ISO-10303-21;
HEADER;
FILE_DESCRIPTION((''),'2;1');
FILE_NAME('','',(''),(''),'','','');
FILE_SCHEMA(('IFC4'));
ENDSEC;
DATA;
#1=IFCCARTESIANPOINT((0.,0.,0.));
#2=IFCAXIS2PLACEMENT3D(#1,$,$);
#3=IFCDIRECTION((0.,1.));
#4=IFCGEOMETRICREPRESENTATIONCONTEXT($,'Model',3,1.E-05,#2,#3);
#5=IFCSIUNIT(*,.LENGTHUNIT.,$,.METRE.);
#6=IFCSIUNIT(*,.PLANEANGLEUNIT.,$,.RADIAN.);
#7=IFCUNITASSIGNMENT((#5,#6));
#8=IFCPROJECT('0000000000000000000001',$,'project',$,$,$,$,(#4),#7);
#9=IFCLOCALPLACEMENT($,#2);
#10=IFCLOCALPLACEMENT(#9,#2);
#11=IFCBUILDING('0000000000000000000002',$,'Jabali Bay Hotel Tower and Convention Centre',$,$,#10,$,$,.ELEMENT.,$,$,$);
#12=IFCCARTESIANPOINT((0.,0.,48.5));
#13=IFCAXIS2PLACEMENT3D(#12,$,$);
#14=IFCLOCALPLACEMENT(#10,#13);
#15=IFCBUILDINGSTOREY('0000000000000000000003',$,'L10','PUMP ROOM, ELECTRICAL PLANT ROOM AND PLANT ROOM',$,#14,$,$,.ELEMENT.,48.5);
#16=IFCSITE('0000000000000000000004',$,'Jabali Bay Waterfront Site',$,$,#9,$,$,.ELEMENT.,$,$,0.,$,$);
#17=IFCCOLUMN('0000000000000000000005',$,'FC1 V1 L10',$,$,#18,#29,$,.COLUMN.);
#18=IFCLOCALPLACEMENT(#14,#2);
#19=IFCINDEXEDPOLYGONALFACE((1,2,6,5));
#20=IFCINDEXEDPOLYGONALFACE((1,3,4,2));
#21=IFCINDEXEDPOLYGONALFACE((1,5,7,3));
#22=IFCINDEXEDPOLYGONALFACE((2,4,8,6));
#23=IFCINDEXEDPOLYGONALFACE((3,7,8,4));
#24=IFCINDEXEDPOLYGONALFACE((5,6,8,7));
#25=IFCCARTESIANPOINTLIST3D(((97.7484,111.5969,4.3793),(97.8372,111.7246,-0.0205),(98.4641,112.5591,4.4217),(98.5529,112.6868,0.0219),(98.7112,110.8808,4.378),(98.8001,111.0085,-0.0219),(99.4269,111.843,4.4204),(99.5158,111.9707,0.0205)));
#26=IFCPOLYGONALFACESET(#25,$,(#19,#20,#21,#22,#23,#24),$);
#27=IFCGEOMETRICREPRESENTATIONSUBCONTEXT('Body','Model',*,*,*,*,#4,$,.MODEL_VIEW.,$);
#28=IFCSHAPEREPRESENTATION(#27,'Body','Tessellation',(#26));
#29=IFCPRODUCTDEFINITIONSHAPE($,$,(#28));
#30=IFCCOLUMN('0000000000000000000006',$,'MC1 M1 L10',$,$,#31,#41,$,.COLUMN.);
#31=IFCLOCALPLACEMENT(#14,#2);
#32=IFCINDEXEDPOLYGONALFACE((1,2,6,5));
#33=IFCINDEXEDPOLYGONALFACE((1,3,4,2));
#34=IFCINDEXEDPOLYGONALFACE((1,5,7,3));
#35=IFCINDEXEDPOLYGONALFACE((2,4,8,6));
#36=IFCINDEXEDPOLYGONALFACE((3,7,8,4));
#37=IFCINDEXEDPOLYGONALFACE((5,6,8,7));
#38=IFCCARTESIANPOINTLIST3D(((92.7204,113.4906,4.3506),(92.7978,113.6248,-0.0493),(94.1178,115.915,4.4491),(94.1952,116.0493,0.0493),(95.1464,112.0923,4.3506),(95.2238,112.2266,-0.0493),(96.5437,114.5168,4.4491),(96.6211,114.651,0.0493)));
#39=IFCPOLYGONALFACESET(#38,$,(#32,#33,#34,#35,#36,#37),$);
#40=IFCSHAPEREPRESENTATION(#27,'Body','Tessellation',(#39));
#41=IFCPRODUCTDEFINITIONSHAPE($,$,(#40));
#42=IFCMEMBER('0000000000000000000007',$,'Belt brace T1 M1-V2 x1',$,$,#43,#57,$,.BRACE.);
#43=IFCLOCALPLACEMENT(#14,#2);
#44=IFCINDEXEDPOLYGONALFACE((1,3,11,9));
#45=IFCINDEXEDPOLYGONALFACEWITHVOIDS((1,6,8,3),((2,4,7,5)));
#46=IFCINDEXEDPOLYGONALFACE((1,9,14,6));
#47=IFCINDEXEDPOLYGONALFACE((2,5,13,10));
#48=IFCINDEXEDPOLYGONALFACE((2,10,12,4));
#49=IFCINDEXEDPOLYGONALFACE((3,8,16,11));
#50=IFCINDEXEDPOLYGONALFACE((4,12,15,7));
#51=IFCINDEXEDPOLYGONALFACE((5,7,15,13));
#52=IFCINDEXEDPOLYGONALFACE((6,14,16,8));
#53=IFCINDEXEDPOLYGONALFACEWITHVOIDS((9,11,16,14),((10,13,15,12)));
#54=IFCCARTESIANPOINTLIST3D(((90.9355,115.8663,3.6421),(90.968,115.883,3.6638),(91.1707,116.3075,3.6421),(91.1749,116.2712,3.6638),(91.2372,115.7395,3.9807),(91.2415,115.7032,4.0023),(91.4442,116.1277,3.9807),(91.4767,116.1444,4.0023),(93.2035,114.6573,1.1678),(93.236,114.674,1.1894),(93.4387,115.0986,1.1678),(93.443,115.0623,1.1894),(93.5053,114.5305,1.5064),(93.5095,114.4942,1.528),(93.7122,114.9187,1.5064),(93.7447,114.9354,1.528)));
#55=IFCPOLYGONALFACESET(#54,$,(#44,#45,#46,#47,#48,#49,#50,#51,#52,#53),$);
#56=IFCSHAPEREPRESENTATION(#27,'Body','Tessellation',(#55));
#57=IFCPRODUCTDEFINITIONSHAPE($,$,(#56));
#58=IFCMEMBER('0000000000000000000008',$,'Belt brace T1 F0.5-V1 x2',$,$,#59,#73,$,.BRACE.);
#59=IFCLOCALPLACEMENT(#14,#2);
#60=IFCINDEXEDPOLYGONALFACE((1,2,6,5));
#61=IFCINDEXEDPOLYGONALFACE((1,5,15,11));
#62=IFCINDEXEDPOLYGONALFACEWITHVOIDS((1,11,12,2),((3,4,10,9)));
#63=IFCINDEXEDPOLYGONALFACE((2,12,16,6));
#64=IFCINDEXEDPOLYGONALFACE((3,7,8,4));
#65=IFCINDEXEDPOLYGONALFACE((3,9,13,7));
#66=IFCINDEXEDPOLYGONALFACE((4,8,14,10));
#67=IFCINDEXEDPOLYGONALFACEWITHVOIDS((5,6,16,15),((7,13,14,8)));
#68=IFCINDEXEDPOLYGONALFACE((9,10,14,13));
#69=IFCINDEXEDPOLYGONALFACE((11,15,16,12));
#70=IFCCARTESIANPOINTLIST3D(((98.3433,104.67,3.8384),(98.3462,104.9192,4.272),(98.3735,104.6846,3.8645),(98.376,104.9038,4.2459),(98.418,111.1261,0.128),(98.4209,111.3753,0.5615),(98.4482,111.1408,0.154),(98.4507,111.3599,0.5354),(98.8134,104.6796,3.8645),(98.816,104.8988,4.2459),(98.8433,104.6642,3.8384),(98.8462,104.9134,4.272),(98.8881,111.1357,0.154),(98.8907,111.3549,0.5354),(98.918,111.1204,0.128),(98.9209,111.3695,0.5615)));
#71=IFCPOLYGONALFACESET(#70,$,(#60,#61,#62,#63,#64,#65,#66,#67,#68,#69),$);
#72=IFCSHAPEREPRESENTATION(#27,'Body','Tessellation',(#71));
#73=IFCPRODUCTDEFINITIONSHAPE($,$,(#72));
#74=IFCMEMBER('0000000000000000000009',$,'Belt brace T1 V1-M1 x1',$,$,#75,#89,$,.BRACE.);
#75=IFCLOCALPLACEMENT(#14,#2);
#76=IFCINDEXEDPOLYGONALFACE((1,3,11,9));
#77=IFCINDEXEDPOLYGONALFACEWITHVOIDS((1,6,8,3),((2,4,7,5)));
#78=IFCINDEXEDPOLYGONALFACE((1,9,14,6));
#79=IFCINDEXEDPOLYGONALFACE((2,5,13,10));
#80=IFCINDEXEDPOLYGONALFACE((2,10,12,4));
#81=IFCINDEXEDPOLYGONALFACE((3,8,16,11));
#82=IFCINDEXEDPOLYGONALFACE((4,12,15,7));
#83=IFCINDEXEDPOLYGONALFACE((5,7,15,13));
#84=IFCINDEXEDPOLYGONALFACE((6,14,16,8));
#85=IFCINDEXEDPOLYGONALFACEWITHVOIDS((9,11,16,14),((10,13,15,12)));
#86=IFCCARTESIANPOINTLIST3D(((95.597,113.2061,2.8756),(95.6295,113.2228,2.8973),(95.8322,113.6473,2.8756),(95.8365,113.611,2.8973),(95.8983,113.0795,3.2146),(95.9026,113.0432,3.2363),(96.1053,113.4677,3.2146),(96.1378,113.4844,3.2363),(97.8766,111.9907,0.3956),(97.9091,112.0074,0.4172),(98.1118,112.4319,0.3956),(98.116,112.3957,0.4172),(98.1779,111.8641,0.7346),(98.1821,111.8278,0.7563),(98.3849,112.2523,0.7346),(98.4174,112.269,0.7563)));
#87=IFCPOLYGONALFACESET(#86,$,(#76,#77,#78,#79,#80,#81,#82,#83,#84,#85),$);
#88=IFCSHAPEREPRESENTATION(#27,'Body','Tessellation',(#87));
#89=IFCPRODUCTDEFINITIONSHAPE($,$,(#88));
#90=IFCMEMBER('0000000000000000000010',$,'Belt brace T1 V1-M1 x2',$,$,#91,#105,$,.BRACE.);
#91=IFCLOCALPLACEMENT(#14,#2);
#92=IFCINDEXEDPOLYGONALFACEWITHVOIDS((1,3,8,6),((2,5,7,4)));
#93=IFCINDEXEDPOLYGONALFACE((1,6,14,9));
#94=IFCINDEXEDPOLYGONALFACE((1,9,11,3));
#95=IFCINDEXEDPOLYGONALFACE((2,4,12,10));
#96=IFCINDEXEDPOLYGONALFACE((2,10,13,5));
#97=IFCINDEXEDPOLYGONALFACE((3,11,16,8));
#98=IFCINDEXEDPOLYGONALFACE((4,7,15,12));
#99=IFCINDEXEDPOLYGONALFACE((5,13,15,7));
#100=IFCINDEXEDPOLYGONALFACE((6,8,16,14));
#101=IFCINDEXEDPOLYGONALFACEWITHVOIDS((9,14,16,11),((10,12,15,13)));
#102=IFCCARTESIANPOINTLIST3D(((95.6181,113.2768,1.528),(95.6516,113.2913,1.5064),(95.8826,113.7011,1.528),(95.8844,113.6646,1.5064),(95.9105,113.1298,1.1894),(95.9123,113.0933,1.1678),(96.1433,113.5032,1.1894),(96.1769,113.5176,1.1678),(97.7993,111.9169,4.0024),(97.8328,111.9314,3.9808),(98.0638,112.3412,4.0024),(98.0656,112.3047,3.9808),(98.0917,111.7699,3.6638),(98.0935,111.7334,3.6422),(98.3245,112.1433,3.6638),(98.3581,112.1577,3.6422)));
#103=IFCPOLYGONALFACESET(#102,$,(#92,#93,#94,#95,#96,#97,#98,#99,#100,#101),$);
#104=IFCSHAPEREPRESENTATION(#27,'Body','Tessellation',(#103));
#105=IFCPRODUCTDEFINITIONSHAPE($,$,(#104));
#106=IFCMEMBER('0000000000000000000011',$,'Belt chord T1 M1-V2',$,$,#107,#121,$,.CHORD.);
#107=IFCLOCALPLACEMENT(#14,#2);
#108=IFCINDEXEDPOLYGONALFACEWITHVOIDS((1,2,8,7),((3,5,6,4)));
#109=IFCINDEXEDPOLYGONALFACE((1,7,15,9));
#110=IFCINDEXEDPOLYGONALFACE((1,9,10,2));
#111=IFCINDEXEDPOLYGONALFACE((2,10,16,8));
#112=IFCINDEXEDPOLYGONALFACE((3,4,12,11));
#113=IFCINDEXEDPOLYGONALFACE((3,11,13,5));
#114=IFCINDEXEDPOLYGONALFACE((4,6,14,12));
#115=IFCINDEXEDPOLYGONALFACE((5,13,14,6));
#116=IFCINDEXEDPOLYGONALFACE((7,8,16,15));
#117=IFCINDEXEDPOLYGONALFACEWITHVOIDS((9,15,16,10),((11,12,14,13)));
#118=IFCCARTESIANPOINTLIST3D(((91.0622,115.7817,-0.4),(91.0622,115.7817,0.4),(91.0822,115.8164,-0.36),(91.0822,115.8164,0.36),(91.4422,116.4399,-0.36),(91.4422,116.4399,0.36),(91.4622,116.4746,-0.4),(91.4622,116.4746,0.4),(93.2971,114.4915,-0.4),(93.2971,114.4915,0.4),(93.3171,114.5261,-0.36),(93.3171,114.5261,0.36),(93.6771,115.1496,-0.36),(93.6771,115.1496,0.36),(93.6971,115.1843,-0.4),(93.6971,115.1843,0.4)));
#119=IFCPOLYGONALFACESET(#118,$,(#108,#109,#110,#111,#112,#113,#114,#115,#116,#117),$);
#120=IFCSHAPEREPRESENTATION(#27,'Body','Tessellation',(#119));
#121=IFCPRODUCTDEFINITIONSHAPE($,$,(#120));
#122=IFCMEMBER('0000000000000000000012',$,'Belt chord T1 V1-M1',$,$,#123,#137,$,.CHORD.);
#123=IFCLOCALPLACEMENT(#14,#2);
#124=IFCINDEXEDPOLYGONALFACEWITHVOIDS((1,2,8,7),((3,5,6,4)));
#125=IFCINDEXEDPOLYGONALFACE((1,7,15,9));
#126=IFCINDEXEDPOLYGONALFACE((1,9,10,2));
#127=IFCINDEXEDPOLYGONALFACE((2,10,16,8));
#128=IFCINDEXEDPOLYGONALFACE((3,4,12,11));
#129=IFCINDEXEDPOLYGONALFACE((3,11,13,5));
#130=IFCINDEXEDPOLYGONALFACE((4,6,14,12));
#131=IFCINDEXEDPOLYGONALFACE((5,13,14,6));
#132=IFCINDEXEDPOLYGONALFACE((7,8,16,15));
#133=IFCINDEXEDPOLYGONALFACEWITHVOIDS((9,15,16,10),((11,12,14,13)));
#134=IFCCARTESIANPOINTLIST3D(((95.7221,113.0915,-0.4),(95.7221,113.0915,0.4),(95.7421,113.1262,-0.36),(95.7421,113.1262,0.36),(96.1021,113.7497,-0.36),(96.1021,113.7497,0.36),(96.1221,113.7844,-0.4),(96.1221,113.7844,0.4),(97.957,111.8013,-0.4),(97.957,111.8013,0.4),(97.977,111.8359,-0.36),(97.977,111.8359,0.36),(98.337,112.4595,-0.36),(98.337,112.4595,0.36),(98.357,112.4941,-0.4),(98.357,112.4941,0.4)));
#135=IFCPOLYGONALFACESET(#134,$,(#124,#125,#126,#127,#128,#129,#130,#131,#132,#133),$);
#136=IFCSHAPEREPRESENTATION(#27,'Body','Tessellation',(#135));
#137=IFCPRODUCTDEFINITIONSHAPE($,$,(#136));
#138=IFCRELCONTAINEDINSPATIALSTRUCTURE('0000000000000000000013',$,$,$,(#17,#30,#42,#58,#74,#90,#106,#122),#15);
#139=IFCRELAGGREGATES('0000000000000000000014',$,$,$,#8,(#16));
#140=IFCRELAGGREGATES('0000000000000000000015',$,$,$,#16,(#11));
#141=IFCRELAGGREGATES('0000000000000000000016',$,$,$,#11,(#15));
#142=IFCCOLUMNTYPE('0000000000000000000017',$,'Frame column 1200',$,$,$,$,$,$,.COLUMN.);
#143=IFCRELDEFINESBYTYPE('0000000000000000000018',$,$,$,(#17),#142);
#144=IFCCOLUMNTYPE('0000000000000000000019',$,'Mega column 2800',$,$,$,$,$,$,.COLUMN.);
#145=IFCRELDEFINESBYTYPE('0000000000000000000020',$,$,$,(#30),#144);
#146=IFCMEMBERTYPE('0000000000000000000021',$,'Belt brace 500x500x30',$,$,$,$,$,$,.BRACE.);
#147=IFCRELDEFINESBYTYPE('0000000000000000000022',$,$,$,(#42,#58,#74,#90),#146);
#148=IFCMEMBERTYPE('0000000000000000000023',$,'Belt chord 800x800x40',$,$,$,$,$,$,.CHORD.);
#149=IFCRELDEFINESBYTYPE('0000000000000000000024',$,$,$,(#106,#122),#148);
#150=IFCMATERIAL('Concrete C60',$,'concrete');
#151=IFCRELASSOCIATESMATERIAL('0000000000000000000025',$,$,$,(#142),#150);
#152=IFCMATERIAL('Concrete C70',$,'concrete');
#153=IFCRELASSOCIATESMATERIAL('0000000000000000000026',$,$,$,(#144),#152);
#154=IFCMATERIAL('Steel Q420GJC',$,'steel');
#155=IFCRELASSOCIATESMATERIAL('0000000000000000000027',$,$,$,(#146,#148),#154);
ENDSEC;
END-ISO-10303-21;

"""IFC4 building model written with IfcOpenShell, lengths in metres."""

from ifc_helpers import new_model, si_unit, direction, frame, origin, origin_2d, place, context, subcontext, project, spatial, rectangle, hollow_rectangle, extrude, material, material_profile, profile_set, type_object, element, save


model = new_model("IFC4")

# Units and contexts
model_context = context("Model", 3, precision=1e-05, world=origin(), true_north=direction((0.0, 1.0)))
body_context = subcontext(model_context, "Body", "Model", "MODEL_VIEW")
ifc_project = project(units=[si_unit("LENGTHUNIT", "METRE"), si_unit("PLANEANGLEUNIT", "RADIAN")], contexts=[model_context])

# Site, building, storey
site_placement = place(None, origin())
site = spatial("IfcSite", under=ifc_project, at=site_placement, Name="Jabali Bay Waterfront Site", CompositionType="ELEMENT", RefElevation=0.0)
building_placement = place(site_placement, origin())
building = spatial("IfcBuilding", under=site, at=building_placement, Name="Jabali Bay Hotel Tower and Convention Centre", CompositionType="ELEMENT")
storey_placement = place(building_placement, frame((0.0, 0.0, 48.5)))
storey = spatial("IfcBuildingStorey", under=building, at=storey_placement, Name="L10", Description="PUMP ROOM, ELECTRICAL PLANT ROOM AND PLANT ROOM", CompositionType="ELEMENT", Elevation=48.5)

# Columns
ifc_material_1 = material(Name="Concrete C60", Category="concrete")
ifc_material_profile_1 = material_profile(ifc_material_1, rectangle(XDim=1.2, YDim=1.2, at=origin_2d()), Name="Frame column 1200")
ifc_profile_set_1 = profile_set([ifc_material_profile_1], Name="Concrete C60")
column_type_1 = type_object("IfcColumnType", Name="Frame column 1200", PredefinedType="COLUMN", material=ifc_profile_set_1)
column_1_placement = place(storey_placement, frame((98.6765, 111.8477, 0.0), z_axis=(-0.020185, -0.029002, 0.999376), x_axis=(0.596423, 0.801893, 0.035317)))
element("IfcColumn", 1, at=column_1_placement, inside=storey, type_object=column_type_1, Name="FC1 V1 L10", PredefinedType="COLUMN", context=body_context, shape_type="SweptSolid", body=[
    extrude(rectangle(XDim=1.2, YDim=1.2, at=origin_2d()), origin(), (0.0, 0.0, 1.0), 4.4026),
])
ifc_material_2 = material(Name="Concrete C70", Category="concrete")
ifc_material_profile_2 = material_profile(ifc_material_2, rectangle(XDim=2.8, YDim=2.8, at=origin_2d()), Name="Mega column 2800")
ifc_profile_set_2 = profile_set([ifc_material_profile_2], Name="Concrete C70")
column_type_2 = type_object("IfcColumnType", Name="Mega column 2800", PredefinedType="COLUMN", material=ifc_profile_set_2)
column_2_placement = place(storey_placement, frame((94.7095, 114.1379, 0.0), z_axis=(-0.017579, -0.030499, 0.99938), x_axis=(0.866396, -0.499358, 0.0)))
element("IfcColumn", 2, at=column_2_placement, inside=storey, type_object=column_type_2, Name="MC1 M1 L10", PredefinedType="COLUMN", context=body_context, shape_type="SweptSolid", body=[
    extrude(rectangle(XDim=2.8, YDim=2.8, at=origin_2d()), origin(), (0.0, 0.0, 1.0), 4.4026),
])

# Members
ifc_material_3 = material(Name="Steel Q420GJC", Category="steel")
ifc_material_profile_3 = material_profile(ifc_material_3, hollow_rectangle(XDim=0.5, YDim=0.5, WallThickness=0.03, at=origin_2d()), Name="Belt brace 500x500x30")
ifc_profile_set_3 = profile_set([ifc_material_profile_3], Name="Steel Q420GJC")
member_type_1 = type_object("IfcMemberType", Name="Belt brace 500x500x30", PredefinedType="BRACE", material=ifc_profile_set_3)
member_1_placement = place(storey_placement, frame((93.4741, 114.7964, 1.3479), z_axis=(-0.635728, 0.338872, 0.693553), x_axis=(-0.470391, -0.882458, 0.0)))
element("IfcMember", 3, at=member_1_placement, inside=storey, type_object=member_type_1, Name="Belt brace T1 M1-V2 x1", PredefinedType="BRACE", context=body_context, shape_type="SweptSolid", body=[
    extrude(hollow_rectangle(XDim=0.5, YDim=0.5, WallThickness=0.03, at=origin_2d()), origin(), (0.0, 0.0, 1.0), 3.5676),
])
member_2_placement = place(storey_placement, frame((98.6694, 111.2478, 0.3447), z_axis=(-0.010032, -0.866966, 0.498266), x_axis=(0.999933, -0.011571, 0.0)))
element("IfcMember", 4, at=member_2_placement, inside=storey, type_object=member_type_1, Name="Belt brace T1 F0.5-V1 x2", PredefinedType="BRACE", context=body_context, shape_type="SweptSolid", body=[
    extrude(hollow_rectangle(XDim=0.5, YDim=0.5, WallThickness=0.03, at=origin_2d()), origin(), (0.0, 0.0, 1.0), 7.4468),
])
member_3_placement = place(storey_placement, frame((98.147, 112.1299, 0.5759), z_axis=(-0.636563, 0.339382, 0.692536), x_axis=(-0.470461, -0.882421, 0.0)))
element("IfcMember", 5, at=member_3_placement, inside=storey, type_object=member_type_1, Name="Belt brace T1 V1-M1 x1", PredefinedType="BRACE", context=body_context, shape_type="SweptSolid", body=[
    extrude(hollow_rectangle(XDim=0.5, YDim=0.5, WallThickness=0.03, at=origin_2d()), origin(), (0.0, 0.0, 1.0), 3.5811),
])
member_4_placement = place(storey_placement, frame((95.8975, 113.3972, 1.3479), z_axis=(0.611345, -0.38115, 0.693529), x_axis=(0.529059, 0.848585, 0.0)))
element("IfcMember", 6, at=member_4_placement, inside=storey, type_object=member_type_1, Name="Belt brace T1 V1-M1 x2", PredefinedType="BRACE", context=body_context, shape_type="SweptSolid", body=[
    extrude(hollow_rectangle(XDim=0.5, YDim=0.5, WallThickness=0.03, at=origin_2d()), origin(), (0.0, 0.0, 1.0), 3.5679),
])
ifc_material_profile_4 = material_profile(ifc_material_3, hollow_rectangle(XDim=0.8, YDim=0.8, WallThickness=0.04, at=origin_2d()), Name="Belt chord 800x800x40")
ifc_profile_set_4 = profile_set([ifc_material_profile_4], Name="Steel Q420GJC")
member_type_2 = type_object("IfcMemberType", Name="Belt chord 800x800x40", PredefinedType="CHORD", material=ifc_profile_set_4)
for number, where, z_axis, x_axis, name in (
    (7, (93.4971, 114.8379, 0.0), (-0.866028, 0.499995, 0.0), (-0.499995, -0.866028, 0.0), "Belt chord T1 M1-V2"),
    (8, (98.157, 112.1477, 0.0), (-0.866028, 0.499995, 0.0), (-0.499995, -0.866028, 0.0), "Belt chord T1 V1-M1"),
):
    element("IfcMember", number, at=place(storey_placement, frame(where, z_axis=z_axis, x_axis=x_axis)), inside=storey, type_object=member_type_2, Name=name, PredefinedType="CHORD", context=body_context, shape_type="SweptSolid", body=[
        extrude(hollow_rectangle(XDim=0.8, YDim=0.8, WallThickness=0.04, at=origin_2d()), origin(), (0.0, 0.0, 1.0), 2.5806),
    ])

save(model, "model.ifc")
